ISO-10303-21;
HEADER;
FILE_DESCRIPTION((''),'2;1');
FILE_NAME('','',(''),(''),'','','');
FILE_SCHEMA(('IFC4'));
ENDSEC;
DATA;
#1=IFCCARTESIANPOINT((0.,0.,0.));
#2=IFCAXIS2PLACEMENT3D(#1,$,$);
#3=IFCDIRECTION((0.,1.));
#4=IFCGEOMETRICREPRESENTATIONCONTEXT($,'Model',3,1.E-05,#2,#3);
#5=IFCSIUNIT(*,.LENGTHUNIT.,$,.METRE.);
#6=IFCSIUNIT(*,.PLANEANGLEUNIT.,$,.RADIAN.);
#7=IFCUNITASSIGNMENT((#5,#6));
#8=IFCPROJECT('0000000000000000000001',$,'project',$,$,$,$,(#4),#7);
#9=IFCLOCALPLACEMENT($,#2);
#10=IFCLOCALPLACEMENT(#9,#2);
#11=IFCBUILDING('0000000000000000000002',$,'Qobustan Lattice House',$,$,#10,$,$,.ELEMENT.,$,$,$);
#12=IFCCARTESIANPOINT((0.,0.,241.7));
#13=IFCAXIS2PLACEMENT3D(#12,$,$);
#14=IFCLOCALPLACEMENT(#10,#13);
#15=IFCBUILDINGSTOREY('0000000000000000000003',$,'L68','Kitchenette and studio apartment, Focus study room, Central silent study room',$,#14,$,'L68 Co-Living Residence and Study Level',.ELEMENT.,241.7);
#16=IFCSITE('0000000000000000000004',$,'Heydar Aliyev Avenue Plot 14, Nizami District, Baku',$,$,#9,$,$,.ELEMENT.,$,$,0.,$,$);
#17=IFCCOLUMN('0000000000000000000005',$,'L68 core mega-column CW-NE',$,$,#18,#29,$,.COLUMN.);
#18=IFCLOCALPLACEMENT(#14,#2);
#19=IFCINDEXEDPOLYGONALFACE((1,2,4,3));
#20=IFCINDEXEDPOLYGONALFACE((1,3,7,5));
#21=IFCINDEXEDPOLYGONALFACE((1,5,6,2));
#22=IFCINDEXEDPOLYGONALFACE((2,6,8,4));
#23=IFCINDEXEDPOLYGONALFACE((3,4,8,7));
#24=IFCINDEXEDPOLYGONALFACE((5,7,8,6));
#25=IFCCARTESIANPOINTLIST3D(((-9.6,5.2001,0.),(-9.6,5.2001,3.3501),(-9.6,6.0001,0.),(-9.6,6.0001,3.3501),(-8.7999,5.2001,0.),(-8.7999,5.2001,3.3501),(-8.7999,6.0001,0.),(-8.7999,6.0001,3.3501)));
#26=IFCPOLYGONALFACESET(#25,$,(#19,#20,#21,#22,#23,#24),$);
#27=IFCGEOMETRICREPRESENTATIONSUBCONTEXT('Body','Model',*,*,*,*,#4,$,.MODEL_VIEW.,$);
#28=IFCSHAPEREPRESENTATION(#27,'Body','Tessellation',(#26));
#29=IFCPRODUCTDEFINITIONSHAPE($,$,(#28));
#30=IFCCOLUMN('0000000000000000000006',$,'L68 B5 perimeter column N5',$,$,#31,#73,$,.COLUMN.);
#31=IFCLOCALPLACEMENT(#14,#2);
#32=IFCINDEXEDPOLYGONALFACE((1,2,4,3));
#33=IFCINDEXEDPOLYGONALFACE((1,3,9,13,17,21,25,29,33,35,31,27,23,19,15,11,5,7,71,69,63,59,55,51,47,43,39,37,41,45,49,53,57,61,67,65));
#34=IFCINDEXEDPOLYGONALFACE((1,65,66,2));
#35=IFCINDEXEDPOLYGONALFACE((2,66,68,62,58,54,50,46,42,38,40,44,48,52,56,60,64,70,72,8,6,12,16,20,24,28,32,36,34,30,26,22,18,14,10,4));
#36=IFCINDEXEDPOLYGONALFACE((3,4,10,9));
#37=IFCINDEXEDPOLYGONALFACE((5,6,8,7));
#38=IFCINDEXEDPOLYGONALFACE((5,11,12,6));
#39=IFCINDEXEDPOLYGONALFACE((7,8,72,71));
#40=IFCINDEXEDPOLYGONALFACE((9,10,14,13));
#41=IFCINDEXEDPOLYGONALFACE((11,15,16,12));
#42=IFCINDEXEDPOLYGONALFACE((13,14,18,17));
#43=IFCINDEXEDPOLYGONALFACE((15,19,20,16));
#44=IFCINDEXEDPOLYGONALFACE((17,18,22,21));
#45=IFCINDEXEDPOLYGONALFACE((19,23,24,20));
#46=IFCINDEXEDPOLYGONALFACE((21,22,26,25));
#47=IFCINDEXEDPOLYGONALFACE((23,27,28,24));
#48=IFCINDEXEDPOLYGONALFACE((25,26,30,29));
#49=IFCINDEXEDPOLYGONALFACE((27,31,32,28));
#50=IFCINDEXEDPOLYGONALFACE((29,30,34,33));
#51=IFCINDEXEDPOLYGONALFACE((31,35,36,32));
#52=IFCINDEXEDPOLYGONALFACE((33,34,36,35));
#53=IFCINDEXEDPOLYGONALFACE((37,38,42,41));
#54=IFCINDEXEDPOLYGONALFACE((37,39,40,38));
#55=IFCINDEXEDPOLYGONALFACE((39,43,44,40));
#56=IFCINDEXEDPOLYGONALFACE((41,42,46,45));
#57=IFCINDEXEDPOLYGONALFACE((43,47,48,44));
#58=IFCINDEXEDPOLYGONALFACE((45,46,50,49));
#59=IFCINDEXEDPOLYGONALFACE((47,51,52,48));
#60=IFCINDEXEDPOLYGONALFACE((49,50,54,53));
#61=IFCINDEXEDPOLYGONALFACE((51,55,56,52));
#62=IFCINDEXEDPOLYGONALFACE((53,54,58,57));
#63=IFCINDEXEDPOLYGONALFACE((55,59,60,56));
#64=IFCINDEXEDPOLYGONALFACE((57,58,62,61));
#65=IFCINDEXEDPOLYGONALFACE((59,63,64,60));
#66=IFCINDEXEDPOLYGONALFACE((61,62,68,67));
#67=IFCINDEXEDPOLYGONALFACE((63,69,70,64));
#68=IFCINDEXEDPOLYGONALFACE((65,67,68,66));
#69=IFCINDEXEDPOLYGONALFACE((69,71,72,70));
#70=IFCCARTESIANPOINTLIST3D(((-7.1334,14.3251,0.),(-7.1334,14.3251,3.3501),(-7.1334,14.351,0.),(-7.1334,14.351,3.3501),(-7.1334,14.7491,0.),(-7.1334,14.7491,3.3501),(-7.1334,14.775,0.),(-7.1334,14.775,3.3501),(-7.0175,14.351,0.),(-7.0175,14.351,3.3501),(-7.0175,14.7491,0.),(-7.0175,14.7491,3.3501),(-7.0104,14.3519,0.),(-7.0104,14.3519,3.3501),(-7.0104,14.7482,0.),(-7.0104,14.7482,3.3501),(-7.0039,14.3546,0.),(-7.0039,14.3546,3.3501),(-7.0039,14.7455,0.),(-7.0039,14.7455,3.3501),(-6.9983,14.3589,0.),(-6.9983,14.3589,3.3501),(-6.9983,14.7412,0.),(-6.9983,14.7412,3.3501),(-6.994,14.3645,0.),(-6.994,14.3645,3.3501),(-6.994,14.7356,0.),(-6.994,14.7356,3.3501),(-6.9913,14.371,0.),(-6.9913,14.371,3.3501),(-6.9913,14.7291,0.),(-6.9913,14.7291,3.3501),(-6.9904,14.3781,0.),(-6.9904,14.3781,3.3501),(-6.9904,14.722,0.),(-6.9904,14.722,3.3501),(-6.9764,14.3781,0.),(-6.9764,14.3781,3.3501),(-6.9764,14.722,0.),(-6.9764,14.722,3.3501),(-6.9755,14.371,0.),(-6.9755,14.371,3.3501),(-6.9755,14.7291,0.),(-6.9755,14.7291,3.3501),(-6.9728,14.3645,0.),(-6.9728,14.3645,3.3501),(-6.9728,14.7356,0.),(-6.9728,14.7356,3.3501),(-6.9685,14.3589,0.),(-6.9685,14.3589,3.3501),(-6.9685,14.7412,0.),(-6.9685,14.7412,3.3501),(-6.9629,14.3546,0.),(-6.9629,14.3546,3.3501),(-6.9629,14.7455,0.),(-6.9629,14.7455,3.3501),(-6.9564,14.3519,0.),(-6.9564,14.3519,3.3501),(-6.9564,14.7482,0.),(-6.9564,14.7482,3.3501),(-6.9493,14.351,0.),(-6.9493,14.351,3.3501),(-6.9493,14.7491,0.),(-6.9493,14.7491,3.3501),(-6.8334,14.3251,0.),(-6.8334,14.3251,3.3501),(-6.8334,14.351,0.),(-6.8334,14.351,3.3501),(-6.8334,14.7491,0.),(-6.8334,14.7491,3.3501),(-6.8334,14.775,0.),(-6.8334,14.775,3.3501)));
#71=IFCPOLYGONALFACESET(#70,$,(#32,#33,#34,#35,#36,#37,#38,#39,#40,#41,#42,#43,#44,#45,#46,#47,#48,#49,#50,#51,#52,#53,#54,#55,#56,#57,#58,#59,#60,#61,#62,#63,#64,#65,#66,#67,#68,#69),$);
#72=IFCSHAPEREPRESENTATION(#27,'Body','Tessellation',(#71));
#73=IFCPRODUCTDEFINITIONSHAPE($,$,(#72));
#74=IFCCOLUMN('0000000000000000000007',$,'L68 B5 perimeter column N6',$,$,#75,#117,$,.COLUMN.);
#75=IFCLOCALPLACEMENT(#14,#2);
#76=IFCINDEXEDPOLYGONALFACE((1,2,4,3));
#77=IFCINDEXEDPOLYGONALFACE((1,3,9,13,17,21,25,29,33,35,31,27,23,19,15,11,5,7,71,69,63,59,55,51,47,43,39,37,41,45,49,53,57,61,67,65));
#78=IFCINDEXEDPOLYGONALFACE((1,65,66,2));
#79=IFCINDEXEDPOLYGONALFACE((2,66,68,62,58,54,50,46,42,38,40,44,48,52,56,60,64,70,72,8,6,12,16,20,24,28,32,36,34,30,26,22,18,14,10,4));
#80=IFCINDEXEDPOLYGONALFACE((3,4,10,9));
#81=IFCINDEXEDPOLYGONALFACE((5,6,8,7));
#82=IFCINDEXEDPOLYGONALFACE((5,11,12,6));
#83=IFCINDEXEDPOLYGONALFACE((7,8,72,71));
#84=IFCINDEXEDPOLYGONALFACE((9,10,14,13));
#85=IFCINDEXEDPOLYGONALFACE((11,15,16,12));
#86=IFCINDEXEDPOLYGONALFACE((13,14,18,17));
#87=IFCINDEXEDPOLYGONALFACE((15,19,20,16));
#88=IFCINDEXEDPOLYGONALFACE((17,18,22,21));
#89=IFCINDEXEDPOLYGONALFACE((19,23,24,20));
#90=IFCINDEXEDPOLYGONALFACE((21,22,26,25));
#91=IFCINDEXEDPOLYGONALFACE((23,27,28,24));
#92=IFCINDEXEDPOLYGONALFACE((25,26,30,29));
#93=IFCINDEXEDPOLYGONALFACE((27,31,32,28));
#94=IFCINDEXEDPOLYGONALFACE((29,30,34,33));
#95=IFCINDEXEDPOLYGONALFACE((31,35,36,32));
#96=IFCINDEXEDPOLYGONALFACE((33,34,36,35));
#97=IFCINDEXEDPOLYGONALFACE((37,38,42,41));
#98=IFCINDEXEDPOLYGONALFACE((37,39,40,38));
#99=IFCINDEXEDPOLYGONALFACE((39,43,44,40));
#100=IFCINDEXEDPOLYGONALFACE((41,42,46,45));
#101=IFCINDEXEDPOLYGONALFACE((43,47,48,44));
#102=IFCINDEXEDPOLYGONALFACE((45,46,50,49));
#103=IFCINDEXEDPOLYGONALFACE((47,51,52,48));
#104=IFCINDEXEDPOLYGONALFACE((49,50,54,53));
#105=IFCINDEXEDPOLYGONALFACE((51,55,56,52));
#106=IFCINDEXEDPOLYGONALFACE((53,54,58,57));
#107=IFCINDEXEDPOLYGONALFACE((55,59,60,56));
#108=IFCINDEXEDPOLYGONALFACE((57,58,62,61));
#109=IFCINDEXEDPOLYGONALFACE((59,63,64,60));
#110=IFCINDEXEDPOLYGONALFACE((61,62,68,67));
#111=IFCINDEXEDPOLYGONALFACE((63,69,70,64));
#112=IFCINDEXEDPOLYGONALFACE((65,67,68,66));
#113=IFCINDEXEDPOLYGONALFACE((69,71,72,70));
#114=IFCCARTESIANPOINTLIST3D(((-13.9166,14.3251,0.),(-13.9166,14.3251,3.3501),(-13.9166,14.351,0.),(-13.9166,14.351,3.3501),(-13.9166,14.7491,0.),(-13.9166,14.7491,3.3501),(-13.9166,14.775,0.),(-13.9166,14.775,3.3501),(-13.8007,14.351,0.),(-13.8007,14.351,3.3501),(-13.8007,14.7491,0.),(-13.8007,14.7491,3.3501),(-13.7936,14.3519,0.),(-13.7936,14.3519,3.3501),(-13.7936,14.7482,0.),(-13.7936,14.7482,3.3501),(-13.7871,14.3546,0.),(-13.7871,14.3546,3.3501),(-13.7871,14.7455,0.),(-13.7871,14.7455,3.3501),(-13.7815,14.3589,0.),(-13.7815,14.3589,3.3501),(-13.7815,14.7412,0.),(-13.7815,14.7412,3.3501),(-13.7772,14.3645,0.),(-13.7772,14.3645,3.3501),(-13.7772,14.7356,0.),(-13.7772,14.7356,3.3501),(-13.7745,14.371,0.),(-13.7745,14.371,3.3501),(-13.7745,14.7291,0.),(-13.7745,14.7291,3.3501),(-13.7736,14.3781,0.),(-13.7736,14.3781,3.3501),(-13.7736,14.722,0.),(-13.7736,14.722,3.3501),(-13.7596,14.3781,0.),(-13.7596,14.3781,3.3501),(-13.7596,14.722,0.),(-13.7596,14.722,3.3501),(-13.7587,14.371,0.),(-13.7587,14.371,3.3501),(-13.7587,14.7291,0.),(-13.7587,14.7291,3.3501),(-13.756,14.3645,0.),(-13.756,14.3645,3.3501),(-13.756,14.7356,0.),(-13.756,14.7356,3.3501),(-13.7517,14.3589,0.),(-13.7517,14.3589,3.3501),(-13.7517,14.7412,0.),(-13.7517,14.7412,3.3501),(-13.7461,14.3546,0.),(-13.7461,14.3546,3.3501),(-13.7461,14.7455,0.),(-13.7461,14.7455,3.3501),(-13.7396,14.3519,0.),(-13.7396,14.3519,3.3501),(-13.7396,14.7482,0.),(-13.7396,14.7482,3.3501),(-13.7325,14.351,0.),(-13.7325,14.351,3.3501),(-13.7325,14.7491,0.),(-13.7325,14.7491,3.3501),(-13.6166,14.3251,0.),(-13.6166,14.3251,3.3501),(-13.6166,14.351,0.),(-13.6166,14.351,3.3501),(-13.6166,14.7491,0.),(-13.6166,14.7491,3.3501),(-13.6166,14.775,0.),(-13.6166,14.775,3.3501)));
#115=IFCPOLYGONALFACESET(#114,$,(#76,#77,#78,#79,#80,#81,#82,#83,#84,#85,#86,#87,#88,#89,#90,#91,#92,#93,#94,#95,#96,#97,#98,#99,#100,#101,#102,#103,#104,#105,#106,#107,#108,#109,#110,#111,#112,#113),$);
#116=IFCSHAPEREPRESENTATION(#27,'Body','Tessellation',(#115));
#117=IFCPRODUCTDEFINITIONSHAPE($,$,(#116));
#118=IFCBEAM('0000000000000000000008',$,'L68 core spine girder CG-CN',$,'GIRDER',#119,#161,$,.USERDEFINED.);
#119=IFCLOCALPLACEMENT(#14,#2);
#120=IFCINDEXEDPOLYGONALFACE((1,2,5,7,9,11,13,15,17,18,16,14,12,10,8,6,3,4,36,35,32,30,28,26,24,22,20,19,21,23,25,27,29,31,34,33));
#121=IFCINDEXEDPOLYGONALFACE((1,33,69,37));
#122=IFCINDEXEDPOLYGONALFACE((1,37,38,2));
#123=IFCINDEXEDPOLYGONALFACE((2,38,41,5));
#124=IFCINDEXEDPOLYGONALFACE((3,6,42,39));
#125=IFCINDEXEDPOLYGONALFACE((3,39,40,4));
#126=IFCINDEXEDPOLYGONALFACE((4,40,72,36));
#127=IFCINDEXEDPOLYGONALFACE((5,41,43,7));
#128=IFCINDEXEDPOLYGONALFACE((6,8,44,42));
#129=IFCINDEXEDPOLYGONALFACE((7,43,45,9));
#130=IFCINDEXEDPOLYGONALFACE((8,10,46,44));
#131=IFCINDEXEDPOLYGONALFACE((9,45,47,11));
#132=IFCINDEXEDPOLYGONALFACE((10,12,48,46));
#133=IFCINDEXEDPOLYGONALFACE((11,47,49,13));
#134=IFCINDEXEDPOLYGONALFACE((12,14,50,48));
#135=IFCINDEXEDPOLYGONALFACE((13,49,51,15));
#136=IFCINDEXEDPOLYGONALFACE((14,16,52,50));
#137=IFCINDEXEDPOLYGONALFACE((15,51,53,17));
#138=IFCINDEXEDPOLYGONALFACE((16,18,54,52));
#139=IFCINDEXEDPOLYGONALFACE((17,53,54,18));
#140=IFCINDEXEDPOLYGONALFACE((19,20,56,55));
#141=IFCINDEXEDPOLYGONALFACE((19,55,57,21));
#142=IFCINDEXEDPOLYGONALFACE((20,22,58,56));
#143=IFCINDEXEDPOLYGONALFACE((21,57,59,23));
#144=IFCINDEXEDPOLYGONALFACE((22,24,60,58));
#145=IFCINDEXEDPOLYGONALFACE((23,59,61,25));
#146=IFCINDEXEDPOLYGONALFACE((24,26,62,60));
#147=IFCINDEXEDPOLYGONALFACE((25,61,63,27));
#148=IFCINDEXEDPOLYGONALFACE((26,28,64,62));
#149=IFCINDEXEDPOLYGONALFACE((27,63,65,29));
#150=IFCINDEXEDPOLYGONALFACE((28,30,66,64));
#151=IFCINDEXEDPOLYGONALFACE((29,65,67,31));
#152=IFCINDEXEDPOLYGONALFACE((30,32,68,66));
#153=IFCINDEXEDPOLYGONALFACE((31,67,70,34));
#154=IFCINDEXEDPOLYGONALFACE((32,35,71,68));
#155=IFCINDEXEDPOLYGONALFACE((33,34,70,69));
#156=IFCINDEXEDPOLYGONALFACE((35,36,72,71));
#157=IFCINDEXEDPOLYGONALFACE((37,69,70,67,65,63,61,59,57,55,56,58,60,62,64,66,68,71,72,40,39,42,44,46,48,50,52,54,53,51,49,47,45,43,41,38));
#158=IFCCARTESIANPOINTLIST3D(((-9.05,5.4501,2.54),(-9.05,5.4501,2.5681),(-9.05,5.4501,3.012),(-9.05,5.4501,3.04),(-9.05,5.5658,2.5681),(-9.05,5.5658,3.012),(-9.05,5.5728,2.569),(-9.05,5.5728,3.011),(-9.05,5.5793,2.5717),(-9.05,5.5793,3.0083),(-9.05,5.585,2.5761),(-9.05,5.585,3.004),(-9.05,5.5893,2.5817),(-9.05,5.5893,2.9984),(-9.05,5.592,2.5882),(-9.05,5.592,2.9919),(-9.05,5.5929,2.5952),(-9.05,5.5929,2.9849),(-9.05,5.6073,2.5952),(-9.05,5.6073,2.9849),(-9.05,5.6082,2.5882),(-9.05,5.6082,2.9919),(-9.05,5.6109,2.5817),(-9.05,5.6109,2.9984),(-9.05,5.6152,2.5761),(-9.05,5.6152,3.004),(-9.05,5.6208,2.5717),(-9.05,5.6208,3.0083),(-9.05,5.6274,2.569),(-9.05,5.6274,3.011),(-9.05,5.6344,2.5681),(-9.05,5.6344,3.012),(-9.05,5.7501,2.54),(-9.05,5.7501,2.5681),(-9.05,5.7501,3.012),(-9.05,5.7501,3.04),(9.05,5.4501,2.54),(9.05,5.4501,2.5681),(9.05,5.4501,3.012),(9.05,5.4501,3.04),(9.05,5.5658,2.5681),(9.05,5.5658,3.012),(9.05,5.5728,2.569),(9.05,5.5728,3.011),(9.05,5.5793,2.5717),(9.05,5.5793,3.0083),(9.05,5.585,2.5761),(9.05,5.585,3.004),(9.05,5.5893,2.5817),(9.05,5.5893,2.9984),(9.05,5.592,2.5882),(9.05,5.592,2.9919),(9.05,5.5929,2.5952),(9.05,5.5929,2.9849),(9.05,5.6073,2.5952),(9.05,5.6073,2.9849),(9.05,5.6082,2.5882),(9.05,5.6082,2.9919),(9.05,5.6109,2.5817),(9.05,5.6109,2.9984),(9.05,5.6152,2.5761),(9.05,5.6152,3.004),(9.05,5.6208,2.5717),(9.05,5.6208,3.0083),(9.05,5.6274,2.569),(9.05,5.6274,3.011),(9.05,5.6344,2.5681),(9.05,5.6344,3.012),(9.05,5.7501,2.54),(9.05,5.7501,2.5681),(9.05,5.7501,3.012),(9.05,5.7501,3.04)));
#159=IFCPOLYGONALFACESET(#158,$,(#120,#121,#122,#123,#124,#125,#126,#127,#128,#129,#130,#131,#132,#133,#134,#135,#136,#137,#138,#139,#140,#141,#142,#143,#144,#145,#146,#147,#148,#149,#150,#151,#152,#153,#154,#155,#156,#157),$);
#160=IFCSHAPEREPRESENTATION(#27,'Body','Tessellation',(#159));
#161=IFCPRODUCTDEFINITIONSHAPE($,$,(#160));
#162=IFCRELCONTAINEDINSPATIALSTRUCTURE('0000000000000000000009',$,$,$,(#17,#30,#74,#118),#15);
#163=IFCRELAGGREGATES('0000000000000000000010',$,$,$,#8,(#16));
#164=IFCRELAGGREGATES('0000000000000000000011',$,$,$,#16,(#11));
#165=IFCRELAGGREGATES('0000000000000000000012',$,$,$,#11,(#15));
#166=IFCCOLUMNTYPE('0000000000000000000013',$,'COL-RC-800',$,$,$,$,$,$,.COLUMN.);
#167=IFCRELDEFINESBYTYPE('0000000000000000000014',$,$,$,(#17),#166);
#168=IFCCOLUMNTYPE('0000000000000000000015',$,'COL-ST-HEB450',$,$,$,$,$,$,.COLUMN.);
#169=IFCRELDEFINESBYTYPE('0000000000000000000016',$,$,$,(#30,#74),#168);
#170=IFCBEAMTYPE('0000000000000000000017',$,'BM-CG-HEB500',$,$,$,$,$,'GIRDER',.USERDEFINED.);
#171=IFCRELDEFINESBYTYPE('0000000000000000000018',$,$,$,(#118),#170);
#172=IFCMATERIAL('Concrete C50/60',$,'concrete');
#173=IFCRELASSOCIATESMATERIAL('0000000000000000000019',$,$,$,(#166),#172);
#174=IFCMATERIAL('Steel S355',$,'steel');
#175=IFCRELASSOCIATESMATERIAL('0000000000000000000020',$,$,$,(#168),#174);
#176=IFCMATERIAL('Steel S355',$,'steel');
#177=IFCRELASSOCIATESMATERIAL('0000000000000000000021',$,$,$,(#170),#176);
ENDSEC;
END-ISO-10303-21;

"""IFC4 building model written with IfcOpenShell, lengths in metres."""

from ifc_helpers import new_model, si_unit, direction, frame, origin, origin_2d, place, context, subcontext, project, spatial, rectangle, i_section, extrude, material, material_profile, profile_set, type_object, element, save


model = new_model("IFC4")

# Units and contexts
model_context = context("Model", 3, precision=1e-05, world=origin(), true_north=direction((0.0, 1.0)))
body_context = subcontext(model_context, "Body", "Model", "MODEL_VIEW")
ifc_project = project(units=[si_unit("LENGTHUNIT", "METRE"), si_unit("PLANEANGLEUNIT", "RADIAN")], contexts=[model_context])

# Site, building, storey
site_placement = place(None, origin())
site = spatial("IfcSite", under=ifc_project, at=site_placement, Name="Heydar Aliyev Avenue Plot 14, Nizami District, Baku", CompositionType="ELEMENT", RefElevation=0.0)
building_placement = place(site_placement, origin())
building = spatial("IfcBuilding", under=site, at=building_placement, Name="Qobustan Lattice House", CompositionType="ELEMENT")
storey_placement = place(building_placement, frame((0.0, 0.0, 241.7)))
storey = spatial("IfcBuildingStorey", under=building, at=storey_placement, Name="L68", Description="Kitchenette and studio apartment, Focus study room, Central silent study room", LongName="L68 Co-Living Residence and Study Level", CompositionType="ELEMENT", Elevation=241.7)

# Columns
ifc_material_1 = material(Name="Concrete C50/60", Category="concrete")
ifc_material_profile_1 = material_profile(ifc_material_1, rectangle(XDim=0.8, YDim=0.8, at=origin_2d()), Name="RC800x800")
ifc_profile_set_1 = profile_set([ifc_material_profile_1], Name="Concrete C50/60")
column_type_1 = type_object("IfcColumnType", Name="COL-RC-800", PredefinedType="COLUMN", material=ifc_profile_set_1)
column_placement = place(storey_placement, frame((-9.2, 5.6001, 0.0), z_axis=(0.0, 0.0, 1.0), x_axis=(1.0, 0.0, 0.0)))
element("IfcColumn", 1, at=column_placement, inside=storey, type_object=column_type_1, Name="L68 core mega-column CW-NE", PredefinedType="COLUMN", context=body_context, shape_type="SweptSolid", body=[
    extrude(rectangle(XDim=0.8, YDim=0.8, at=origin_2d()), origin(), (0.0, 0.0, 1.0), 3.3501),
])
ifc_material_2 = material(Name="Steel S355", Category="steel")
ifc_material_profile_2 = material_profile(ifc_material_2, i_section(OverallWidth=0.3, OverallDepth=0.45, WebThickness=0.0139, FlangeThickness=0.0259, FilletRadius=0.0271, at=origin_2d()), Name="HEB450")
ifc_profile_set_2 = profile_set([ifc_material_profile_2], Name="Steel S355")
column_type_2 = type_object("IfcColumnType", Name="COL-ST-HEB450", PredefinedType="COLUMN", material=ifc_profile_set_2)
for number, where, z_axis, x_axis, name in (
    (2, (-6.9834, 14.55, 0.0), (0.0, 0.0, 1.0), (1.0, 0.0, 0.0), "L68 B5 perimeter column N5"),
    (3, (-13.7666, 14.55, 0.0), (0.0, 0.0, 1.0), (1.0, 0.0, 0.0), "L68 B5 perimeter column N6"),
):
    element("IfcColumn", number, at=place(storey_placement, frame(where, z_axis=z_axis, x_axis=x_axis)), inside=storey, type_object=column_type_2, Name=name, PredefinedType="COLUMN", context=body_context, shape_type="SweptSolid", body=[
        extrude(i_section(OverallWidth=0.3, OverallDepth=0.45, WebThickness=0.0139, FlangeThickness=0.0259, FilletRadius=0.0271, at=origin_2d()), origin(), (0.0, 0.0, 1.0), 3.3501),
    ])

# Beam
ifc_material_3 = material(Name="Steel S355", Category="steel")
ifc_material_profile_3 = material_profile(ifc_material_3, i_section(OverallWidth=0.3, OverallDepth=0.5, WebThickness=0.0144, FlangeThickness=0.0281, FilletRadius=0.0271, at=origin_2d()), Name="HEB500")
ifc_profile_set_3 = profile_set([ifc_material_profile_3], Name="Steel S355")
beam_type_1 = type_object("IfcBeamType", Name="BM-CG-HEB500", ElementType="GIRDER", PredefinedType="USERDEFINED", material=ifc_profile_set_3)
beam_1_placement = place(storey_placement, frame((-9.05, 5.6001, 2.79), z_axis=(1.0, 0.0, 0.0), x_axis=(0.0, 1.0, 0.0)))
element("IfcBeam", 4, at=beam_1_placement, inside=storey, type_object=beam_type_1, Name="L68 core spine girder CG-CN", ObjectType="GIRDER", PredefinedType="USERDEFINED", context=body_context, shape_type="SweptSolid", body=[
    extrude(i_section(OverallWidth=0.3, OverallDepth=0.5, WebThickness=0.0144, FlangeThickness=0.0281, FilletRadius=0.0271, at=origin_2d()), origin(), (0.0, 0.0, 1.0), 18.1001),
])

save(model, "model.ifc")
